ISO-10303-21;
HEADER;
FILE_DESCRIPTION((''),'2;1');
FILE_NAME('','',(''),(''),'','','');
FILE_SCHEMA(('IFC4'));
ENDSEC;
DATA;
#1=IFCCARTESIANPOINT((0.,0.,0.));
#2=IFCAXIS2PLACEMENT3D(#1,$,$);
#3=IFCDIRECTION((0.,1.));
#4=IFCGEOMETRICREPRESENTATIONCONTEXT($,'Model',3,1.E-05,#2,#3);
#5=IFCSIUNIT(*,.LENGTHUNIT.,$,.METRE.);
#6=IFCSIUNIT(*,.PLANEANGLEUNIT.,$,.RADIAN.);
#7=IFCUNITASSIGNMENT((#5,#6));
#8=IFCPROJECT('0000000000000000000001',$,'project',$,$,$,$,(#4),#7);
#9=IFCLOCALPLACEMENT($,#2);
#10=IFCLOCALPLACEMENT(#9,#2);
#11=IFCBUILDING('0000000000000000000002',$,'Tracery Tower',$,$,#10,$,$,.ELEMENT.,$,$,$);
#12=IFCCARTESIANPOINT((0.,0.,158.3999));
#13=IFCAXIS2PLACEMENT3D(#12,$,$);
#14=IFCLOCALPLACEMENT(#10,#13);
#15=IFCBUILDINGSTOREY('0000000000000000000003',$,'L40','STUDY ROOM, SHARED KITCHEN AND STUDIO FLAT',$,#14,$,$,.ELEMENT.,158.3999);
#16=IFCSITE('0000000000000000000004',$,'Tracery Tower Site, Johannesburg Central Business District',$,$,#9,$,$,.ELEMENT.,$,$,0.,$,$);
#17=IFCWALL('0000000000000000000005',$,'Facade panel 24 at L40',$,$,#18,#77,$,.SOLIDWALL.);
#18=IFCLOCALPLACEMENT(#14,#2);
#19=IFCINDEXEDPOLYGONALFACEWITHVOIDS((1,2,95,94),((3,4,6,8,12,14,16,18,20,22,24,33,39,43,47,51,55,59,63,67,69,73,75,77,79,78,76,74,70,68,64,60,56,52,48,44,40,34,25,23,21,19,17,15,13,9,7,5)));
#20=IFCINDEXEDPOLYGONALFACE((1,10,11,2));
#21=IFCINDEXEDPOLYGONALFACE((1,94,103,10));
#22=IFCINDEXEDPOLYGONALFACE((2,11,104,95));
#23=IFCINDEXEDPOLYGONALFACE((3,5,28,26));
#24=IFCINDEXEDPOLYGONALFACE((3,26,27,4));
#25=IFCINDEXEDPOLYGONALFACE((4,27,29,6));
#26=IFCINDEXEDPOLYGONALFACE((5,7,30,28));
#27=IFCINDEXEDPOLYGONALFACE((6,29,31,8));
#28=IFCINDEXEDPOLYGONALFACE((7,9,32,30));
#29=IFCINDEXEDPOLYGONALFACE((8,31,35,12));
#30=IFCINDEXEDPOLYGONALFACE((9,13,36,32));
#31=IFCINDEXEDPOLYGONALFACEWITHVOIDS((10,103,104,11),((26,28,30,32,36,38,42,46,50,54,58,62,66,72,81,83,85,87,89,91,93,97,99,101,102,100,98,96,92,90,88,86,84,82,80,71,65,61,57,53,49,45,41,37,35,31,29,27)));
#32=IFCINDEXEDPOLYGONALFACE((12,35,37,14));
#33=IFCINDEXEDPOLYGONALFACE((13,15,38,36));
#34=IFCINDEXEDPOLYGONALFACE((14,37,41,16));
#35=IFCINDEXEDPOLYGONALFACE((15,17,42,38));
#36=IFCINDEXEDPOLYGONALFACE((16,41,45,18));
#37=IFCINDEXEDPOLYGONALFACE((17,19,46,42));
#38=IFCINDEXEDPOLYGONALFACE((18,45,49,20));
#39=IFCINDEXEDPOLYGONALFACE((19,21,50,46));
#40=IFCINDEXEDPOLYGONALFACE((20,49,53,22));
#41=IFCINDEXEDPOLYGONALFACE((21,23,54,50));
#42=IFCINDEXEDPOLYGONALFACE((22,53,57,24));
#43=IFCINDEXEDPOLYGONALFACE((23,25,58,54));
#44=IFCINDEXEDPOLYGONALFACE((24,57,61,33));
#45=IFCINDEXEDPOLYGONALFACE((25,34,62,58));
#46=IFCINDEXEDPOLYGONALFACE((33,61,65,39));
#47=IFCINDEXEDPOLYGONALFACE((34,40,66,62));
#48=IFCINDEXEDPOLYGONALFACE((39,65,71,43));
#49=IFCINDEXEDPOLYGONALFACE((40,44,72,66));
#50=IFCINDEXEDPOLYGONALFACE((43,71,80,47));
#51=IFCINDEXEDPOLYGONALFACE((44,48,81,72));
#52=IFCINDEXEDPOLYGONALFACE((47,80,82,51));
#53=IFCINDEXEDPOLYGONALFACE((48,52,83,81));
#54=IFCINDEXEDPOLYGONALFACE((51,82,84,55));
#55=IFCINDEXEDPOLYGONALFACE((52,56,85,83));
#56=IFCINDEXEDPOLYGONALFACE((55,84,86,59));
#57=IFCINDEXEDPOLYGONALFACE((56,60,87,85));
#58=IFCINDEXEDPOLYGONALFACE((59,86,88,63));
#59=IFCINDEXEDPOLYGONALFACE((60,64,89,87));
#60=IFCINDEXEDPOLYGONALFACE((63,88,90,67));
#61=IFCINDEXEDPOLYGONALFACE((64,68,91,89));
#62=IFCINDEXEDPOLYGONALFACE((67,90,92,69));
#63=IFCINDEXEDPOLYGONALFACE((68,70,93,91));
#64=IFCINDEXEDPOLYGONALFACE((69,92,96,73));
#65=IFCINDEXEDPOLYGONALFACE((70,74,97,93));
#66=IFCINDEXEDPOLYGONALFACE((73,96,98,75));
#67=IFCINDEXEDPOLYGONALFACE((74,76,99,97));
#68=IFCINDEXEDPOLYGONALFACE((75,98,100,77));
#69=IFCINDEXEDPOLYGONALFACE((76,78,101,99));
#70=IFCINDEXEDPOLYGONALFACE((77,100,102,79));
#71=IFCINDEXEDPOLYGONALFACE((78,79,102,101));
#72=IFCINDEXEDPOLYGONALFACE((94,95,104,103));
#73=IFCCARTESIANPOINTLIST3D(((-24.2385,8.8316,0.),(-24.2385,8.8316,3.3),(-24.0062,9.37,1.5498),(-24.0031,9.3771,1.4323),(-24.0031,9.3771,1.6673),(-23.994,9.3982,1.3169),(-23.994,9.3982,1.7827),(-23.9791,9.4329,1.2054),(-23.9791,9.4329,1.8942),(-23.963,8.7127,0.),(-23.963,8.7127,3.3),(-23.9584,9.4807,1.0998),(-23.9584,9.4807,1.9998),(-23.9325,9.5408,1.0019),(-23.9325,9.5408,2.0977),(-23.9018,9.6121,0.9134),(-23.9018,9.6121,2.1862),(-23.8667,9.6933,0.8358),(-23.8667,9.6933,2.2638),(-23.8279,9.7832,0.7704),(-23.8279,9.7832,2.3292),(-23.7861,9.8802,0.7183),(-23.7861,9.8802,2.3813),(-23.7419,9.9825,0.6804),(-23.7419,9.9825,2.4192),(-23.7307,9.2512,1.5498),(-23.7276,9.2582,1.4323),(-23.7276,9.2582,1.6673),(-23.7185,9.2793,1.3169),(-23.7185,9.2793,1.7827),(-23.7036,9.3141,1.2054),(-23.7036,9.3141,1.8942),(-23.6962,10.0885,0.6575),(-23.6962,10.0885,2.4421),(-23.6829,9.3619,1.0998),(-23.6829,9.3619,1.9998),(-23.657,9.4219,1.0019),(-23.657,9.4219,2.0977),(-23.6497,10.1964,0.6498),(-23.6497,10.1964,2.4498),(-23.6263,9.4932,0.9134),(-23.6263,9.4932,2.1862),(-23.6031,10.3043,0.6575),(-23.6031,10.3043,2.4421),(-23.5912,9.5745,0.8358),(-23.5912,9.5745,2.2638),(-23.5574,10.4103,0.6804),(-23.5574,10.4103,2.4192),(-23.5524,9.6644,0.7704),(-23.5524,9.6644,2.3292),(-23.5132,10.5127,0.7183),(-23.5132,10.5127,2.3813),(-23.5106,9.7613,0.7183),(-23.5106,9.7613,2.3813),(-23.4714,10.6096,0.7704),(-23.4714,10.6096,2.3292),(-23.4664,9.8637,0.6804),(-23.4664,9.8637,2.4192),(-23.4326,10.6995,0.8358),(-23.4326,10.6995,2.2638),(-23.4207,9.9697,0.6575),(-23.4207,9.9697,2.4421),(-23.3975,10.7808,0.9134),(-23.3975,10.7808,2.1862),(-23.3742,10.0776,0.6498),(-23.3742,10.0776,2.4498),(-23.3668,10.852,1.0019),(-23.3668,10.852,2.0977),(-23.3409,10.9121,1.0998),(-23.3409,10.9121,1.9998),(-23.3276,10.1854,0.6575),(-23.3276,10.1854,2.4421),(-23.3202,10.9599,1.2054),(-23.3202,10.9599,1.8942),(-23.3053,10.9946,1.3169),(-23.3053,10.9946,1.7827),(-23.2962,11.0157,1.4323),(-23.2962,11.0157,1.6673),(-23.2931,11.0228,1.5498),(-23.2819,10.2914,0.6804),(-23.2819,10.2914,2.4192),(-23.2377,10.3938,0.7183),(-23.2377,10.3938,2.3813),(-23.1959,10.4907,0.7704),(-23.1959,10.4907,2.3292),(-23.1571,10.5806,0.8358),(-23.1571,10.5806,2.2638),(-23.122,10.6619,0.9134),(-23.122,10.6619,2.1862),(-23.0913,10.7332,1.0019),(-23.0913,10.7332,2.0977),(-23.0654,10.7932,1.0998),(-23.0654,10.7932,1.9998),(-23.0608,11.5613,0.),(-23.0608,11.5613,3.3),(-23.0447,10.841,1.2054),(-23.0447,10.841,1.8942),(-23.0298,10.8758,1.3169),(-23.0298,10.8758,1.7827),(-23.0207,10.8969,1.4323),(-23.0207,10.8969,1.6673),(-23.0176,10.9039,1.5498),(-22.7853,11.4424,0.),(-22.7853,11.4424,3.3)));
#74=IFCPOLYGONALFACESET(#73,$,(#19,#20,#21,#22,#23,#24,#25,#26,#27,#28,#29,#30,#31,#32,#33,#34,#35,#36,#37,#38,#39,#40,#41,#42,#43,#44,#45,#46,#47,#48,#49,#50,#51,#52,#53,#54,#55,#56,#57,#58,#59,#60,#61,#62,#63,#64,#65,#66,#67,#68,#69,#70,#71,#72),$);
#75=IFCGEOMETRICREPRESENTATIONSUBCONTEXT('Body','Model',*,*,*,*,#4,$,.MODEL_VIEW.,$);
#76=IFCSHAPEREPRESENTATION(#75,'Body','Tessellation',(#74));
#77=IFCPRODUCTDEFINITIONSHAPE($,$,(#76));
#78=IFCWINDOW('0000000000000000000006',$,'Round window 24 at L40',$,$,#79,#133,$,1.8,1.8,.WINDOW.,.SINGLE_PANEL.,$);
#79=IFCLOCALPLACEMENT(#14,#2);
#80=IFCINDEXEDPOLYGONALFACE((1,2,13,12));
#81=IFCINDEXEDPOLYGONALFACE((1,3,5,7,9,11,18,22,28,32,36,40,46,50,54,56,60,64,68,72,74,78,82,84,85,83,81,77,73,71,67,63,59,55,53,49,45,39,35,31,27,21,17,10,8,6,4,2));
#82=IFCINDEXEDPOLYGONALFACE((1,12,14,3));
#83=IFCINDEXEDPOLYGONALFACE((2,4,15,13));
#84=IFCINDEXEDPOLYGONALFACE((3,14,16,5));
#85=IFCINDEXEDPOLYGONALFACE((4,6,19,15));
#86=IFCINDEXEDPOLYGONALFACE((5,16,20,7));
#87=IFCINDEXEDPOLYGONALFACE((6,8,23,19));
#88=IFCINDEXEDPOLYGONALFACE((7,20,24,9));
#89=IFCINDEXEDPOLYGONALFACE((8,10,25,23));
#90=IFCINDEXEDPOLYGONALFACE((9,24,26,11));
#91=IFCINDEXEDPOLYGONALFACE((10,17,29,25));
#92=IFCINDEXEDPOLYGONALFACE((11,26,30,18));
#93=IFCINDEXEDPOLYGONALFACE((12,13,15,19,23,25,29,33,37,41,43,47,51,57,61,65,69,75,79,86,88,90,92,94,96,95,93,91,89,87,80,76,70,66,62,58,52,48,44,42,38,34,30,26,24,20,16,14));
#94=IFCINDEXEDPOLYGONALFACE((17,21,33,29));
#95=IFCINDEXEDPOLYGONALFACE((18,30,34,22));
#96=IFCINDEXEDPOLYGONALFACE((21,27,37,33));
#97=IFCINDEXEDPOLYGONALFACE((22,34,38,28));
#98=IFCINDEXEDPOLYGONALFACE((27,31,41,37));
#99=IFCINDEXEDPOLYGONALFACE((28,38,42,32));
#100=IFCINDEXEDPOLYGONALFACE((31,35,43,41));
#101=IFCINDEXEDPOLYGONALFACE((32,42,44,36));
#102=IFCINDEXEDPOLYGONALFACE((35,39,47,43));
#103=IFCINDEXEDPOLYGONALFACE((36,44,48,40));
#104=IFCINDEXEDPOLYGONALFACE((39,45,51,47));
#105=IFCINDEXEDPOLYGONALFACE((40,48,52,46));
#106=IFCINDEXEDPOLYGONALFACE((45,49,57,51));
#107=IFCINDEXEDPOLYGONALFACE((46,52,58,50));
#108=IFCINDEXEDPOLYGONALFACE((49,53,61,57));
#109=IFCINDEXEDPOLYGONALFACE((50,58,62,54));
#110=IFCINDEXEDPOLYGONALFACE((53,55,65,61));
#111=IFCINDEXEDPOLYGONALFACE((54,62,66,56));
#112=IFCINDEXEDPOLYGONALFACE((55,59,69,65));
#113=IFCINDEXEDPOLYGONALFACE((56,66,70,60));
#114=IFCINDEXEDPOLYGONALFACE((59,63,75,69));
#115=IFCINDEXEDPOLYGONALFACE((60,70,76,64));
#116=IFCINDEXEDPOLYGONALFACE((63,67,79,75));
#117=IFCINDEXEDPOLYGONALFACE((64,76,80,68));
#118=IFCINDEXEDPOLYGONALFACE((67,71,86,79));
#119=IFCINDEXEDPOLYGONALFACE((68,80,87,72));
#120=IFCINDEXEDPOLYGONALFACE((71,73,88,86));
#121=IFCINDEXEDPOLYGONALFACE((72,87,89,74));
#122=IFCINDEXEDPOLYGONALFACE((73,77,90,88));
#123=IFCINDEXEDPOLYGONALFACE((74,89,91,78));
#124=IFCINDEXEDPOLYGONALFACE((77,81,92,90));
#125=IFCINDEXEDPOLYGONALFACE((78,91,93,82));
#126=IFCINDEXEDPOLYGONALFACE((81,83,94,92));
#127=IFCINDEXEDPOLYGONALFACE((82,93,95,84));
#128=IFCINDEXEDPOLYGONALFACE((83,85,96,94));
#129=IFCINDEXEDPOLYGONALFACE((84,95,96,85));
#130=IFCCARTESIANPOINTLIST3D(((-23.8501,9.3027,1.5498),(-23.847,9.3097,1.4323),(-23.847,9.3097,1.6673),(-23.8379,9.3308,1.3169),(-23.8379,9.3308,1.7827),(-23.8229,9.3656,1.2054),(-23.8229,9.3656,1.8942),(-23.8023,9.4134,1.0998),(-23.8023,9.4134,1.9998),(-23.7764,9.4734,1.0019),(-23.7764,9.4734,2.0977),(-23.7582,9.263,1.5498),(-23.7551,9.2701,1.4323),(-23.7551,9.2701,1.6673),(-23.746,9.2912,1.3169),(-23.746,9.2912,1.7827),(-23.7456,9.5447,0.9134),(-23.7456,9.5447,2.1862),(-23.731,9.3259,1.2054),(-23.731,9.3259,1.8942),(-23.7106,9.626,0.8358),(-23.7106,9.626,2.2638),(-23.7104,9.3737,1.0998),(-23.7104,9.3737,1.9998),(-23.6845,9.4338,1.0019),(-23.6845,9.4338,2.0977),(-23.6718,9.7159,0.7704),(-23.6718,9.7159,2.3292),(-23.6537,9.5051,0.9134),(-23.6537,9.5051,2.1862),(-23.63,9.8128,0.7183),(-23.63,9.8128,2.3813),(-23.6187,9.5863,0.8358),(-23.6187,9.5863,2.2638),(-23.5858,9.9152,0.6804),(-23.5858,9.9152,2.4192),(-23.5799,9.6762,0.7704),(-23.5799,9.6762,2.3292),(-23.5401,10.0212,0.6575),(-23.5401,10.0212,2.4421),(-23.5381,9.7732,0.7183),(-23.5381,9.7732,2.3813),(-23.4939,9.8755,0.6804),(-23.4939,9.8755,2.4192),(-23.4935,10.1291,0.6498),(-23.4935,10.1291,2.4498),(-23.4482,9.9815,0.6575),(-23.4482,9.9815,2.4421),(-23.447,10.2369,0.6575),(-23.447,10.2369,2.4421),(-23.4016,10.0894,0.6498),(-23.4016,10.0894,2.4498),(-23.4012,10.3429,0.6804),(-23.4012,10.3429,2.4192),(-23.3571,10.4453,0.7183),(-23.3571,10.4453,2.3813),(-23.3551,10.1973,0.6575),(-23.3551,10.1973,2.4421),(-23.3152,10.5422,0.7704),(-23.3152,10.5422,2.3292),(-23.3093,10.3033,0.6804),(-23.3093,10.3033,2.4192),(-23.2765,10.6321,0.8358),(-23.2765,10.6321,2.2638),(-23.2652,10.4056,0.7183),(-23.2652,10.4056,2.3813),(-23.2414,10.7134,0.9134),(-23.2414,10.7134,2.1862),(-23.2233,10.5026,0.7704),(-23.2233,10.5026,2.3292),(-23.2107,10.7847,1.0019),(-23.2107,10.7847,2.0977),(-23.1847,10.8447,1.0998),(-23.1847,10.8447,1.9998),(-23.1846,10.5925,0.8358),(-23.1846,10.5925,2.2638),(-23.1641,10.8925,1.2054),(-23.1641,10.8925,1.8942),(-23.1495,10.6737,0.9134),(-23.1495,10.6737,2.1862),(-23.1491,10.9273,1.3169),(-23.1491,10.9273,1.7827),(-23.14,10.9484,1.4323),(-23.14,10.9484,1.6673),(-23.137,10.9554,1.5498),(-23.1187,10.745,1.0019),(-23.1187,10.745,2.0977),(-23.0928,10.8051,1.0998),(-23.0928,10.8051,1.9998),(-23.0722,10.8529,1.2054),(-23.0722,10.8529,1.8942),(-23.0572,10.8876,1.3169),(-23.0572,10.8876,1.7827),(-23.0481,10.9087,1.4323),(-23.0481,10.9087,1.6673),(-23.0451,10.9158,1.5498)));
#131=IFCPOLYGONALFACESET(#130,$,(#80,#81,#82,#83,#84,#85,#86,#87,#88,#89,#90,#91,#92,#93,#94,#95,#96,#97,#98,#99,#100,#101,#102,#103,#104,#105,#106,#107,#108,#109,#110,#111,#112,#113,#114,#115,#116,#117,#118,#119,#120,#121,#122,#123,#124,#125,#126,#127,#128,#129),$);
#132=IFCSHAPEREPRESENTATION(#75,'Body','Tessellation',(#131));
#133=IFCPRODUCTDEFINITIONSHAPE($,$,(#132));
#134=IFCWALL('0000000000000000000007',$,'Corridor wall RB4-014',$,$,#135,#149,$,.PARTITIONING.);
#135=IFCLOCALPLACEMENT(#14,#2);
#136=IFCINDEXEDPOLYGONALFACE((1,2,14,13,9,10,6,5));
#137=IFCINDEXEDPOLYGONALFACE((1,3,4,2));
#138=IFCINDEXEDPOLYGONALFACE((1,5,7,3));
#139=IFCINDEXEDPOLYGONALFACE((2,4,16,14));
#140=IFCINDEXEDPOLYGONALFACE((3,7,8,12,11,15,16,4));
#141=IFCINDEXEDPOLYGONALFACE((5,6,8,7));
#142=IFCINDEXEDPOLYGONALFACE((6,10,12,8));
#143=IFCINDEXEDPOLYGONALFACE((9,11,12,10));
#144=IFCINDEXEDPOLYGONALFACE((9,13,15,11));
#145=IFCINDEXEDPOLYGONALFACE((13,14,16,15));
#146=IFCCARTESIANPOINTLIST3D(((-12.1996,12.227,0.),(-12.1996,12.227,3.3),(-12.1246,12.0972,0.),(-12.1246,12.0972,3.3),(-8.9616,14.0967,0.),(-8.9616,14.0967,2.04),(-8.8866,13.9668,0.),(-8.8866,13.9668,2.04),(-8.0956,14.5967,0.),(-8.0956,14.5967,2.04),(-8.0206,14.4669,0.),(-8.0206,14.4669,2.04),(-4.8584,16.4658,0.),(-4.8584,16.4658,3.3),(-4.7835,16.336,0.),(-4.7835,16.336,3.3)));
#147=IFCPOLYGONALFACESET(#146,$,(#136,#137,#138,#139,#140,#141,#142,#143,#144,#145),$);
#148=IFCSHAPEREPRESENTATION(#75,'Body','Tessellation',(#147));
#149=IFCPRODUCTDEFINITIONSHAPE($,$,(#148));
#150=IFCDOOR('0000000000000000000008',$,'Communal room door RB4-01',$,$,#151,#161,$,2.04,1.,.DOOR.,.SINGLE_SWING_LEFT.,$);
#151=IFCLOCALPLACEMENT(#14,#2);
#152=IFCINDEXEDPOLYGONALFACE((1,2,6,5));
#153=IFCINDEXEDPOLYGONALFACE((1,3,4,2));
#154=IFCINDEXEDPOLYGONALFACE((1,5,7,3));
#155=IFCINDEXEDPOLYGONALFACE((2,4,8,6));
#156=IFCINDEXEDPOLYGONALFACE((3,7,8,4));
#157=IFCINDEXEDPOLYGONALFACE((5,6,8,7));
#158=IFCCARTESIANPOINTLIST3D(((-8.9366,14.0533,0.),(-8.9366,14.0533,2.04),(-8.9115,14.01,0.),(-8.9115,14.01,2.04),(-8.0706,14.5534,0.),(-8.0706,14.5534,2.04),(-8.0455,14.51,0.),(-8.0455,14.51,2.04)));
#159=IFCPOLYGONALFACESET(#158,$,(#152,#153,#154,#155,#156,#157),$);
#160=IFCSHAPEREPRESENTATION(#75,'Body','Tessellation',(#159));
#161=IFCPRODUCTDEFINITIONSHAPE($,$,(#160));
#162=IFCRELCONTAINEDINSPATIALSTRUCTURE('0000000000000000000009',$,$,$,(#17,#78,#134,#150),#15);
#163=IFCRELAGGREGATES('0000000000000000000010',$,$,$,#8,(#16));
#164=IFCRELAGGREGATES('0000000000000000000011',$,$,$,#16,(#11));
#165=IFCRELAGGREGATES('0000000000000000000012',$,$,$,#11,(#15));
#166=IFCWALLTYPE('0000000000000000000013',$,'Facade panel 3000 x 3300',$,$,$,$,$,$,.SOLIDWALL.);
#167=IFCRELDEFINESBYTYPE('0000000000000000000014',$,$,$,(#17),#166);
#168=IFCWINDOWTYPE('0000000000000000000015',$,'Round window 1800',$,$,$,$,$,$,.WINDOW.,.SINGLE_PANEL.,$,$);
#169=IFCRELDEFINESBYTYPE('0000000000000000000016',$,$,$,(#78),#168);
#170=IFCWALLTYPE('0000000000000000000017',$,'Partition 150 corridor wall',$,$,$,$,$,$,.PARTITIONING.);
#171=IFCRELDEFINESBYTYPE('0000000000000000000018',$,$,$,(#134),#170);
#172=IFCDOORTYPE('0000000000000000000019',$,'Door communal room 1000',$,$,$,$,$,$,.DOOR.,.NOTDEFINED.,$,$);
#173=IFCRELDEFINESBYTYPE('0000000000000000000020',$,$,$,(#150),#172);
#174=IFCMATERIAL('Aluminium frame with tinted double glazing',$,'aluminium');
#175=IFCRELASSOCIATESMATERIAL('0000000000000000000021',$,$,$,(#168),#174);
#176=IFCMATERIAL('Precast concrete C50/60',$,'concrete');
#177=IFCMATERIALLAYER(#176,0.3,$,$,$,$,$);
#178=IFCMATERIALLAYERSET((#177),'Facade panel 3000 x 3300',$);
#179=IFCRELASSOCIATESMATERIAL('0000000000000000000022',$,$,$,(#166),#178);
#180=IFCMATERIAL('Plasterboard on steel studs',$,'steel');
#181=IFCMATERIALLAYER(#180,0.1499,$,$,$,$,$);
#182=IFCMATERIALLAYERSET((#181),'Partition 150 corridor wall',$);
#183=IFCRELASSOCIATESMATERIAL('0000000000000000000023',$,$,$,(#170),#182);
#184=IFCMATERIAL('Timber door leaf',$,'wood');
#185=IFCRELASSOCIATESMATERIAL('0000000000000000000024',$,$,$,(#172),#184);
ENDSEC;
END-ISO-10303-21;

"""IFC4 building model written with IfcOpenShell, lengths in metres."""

from ifc_helpers import new_model, si_unit, direction, frame, frame_2d, origin, origin_2d, place, context, subcontext, project, spatial, rectangle, circle, extrude, material, layer, layer_set, type_object, element, fill, save


model = new_model("IFC4")

# Units and contexts
model_context = context("Model", 3, precision=1e-05, world=origin(), true_north=direction((0.0, 1.0)))
body_context = subcontext(model_context, "Body", "Model", "MODEL_VIEW")
ifc_project = project(units=[si_unit("LENGTHUNIT", "METRE"), si_unit("PLANEANGLEUNIT", "RADIAN")], contexts=[model_context])

# Site, building, storey
site_placement = place(None, origin())
site = spatial("IfcSite", under=ifc_project, at=site_placement, Name="Tracery Tower Site, Johannesburg Central Business District", CompositionType="ELEMENT", RefElevation=0.0)
building_placement = place(site_placement, origin())
building = spatial("IfcBuilding", under=site, at=building_placement, Name="Tracery Tower", CompositionType="ELEMENT")
storey_placement = place(building_placement, frame((0.0, 0.0, 158.3999)))
storey = spatial("IfcBuildingStorey", under=building, at=storey_placement, Name="L40", Description="STUDY ROOM, SHARED KITCHEN AND STUDIO FLAT", CompositionType="ELEMENT", Elevation=158.3999)

# Wall, opening, window
ifc_material_1 = material(Name="Aluminium frame with tinted double glazing", Category="aluminium")
window_type = type_object("IfcWindowType", Name="Round window 1800", PartitioningType="SINGLE_PANEL", PredefinedType="WINDOW", material=ifc_material_1)
ifc_material_2 = material(Name="Precast concrete C50/60", Category="concrete")
ifc_layer_1 = layer(ifc_material_2, 0.3)
ifc_layer_set_1 = layer_set([ifc_layer_1], Name="Facade panel 3000 x 3300")
wall_type_1 = type_object("IfcWallType", Name="Facade panel 3000 x 3300", PredefinedType="SOLIDWALL", material=ifc_layer_set_1)
wall_1_placement = place(storey_placement, frame((-22.9231, 11.5017, 0.0), z_axis=(0.0, 0.0, 1.0), x_axis=(-0.396148, -0.918187, 0.0)))
wall_1 = element("IfcWall", 1, at=wall_1_placement, inside=storey, type_object=wall_type_1, Name="Facade panel 24 at L40", PredefinedType="SOLIDWALL", context=body_context, shape_type="SweptSolid", body=[
    extrude(rectangle(XDim=2.9729, YDim=0.3, at=frame_2d((1.4863, 0.0))), origin(), (0.0, 0.0, 1.0), 3.3),
])
opening_1_placement = place(wall_1_placement, frame((1.4863, 0.0, 1.5498)))
opening_1 = element("IfcOpeningElement", 2, at=opening_1_placement, cuts=wall_1, PredefinedType="OPENING", context=body_context, shape_type="SweptSolid", body=[
    extrude(circle(Radius=0.9, at=origin_2d()), frame((0.0, 0.1599, 0.0), z_axis=(0.0, -1.0, 0.0), x_axis=(1.0, 0.0, 0.0)), (0.0, 0.0, 1.0), 0.3201),
])
window_1_placement = place(opening_1_placement, origin())
window_1 = element("IfcWindow", 3, at=window_1_placement, inside=storey, type_object=window_type, Name="Round window 24 at L40", OverallHeight=1.8, OverallWidth=1.8, PartitioningType="SINGLE_PANEL", PredefinedType="WINDOW", context=body_context, shape_type="SweptSolid", body=[
    extrude(circle(Radius=0.9, at=origin_2d()), frame((0.0, 0.1201, 0.0), z_axis=(0.0, -1.0, 0.0), x_axis=(1.0, 0.0, 0.0)), (0.0, 0.0, 1.0), 0.1001),
])
fill(opening_1, window_1)

# Wall, opening, door
ifc_material_3 = material(Name="Plasterboard on steel studs", Category="steel")
ifc_layer_2 = layer(ifc_material_3, 0.1499)
ifc_layer_set_2 = layer_set([ifc_layer_2], Name="Partition 150 corridor wall")
wall_type_2 = type_object("IfcWallType", Name="Partition 150 corridor wall", PredefinedType="PARTITIONING", material=ifc_layer_set_2)
wall_2_placement = place(storey_placement, frame((-12.1621, 12.1621, 0.0), z_axis=(0.0, 0.0, 1.0), x_axis=(0.866005, 0.500036, 0.0)))
wall_2 = element("IfcWall", 4, at=wall_2_placement, inside=storey, type_object=wall_type_2, Name="Corridor wall RB4-014", PredefinedType="PARTITIONING", context=body_context, shape_type="SweptSolid", body=[
    extrude(rectangle(XDim=8.4771, YDim=0.1499, at=frame_2d((4.2385, 0.0))), origin(), (0.0, 0.0, 1.0), 3.3),
])
opening_2_placement = place(wall_2_placement, frame((3.739, 0.0, 0.0)))
opening_2 = element("IfcOpeningElement", 5, at=opening_2_placement, cuts=wall_2, PredefinedType="OPENING", context=body_context, shape_type="SweptSolid", body=[
    extrude(rectangle(XDim=1.0, YDim=2.04, at=frame_2d((0.5, 1.02))), frame((0.0, 0.075, 0.0), z_axis=(0.0, -1.0, 0.0), x_axis=(1.0, 0.0, 0.0)), (0.0, 0.0, 1.0), 0.1499),
])
ifc_material_4 = material(Name="Timber door leaf", Category="wood")
door_type = type_object("IfcDoorType", Name="Door communal room 1000", OperationType="NOTDEFINED", PredefinedType="DOOR", material=ifc_material_4)
door_1_placement = place(opening_2_placement, origin())
door_1 = element("IfcDoor", 6, at=door_1_placement, inside=storey, type_object=door_type, Name="Communal room door RB4-01", OperationType="SINGLE_SWING_LEFT", OverallHeight=2.04, OverallWidth=1.0, PredefinedType="DOOR", context=body_context, shape_type="SweptSolid", body=[
    extrude(rectangle(XDim=1.0, YDim=2.04, at=frame_2d((0.5, 1.02))), frame((0.0, 0.0249, 0.0), z_axis=(0.0, -1.0, 0.0), x_axis=(1.0, 0.0, 0.0)), (0.0, 0.0, 1.0), 0.05),
])
fill(opening_2, door_1)

save(model, "model.ifc")
